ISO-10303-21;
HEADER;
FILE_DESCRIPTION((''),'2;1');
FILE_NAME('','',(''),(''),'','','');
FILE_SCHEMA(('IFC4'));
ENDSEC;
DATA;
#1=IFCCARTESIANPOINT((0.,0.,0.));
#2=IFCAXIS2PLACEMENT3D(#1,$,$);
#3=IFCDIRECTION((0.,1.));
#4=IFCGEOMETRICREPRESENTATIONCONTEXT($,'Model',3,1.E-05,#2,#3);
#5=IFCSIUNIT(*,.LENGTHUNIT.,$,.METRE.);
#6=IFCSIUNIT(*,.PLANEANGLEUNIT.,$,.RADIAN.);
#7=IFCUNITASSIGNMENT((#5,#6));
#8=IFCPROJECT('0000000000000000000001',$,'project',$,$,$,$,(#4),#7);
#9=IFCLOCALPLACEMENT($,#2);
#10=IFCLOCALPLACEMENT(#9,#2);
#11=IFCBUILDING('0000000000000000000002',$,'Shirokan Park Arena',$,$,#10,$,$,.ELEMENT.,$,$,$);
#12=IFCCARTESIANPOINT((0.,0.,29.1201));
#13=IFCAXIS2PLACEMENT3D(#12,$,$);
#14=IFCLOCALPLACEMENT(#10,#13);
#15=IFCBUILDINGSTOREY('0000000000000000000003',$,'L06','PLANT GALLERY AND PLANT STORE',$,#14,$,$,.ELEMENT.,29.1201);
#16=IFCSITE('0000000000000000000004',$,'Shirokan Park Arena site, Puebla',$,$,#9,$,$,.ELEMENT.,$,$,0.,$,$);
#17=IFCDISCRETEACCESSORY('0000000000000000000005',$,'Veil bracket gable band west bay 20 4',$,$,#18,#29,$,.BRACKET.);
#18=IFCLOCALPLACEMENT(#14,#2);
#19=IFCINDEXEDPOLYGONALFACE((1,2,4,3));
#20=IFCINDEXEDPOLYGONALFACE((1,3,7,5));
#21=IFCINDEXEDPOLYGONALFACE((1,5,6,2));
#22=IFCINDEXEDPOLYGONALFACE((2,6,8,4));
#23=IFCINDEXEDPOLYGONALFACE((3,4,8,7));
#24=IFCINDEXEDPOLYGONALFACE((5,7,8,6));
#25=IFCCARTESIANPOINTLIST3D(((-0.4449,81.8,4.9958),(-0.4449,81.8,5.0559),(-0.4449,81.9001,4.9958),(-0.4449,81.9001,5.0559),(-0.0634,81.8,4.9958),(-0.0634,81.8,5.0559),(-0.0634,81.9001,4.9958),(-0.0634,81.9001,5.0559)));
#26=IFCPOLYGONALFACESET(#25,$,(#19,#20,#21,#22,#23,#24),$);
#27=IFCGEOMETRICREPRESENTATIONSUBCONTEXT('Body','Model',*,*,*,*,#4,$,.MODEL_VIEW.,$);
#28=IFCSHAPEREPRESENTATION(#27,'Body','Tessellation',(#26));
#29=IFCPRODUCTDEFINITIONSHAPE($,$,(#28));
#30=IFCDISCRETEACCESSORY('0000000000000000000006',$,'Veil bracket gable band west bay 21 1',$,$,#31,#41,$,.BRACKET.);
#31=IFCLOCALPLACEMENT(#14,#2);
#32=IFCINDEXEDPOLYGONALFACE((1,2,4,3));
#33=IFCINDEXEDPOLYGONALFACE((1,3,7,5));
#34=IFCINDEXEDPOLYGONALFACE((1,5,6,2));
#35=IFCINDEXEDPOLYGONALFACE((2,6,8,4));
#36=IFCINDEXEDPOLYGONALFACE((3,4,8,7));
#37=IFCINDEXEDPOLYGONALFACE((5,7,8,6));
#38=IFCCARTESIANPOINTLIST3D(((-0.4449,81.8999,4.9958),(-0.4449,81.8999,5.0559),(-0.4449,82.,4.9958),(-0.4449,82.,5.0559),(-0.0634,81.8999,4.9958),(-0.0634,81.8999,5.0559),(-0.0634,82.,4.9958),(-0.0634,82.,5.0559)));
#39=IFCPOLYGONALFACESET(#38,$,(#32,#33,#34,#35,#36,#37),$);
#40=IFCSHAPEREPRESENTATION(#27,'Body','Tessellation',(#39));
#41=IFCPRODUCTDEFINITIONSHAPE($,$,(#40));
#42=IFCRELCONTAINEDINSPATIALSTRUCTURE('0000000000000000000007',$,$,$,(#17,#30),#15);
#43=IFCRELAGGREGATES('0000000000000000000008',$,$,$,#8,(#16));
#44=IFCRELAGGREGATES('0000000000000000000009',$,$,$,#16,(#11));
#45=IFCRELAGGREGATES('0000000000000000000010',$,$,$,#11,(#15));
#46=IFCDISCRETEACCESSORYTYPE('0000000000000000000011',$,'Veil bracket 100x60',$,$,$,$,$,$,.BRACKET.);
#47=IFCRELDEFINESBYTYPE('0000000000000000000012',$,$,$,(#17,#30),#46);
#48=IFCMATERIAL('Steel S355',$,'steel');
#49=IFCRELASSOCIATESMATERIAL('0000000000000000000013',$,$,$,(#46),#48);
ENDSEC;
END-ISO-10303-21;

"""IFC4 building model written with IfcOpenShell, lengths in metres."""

from ifc_helpers import new_model, si_unit, direction, frame, origin, origin_2d, place, context, subcontext, project, spatial, rectangle, extrude, material, type_object, element, save


model = new_model("IFC4")

# Units and contexts
model_context = context("Model", 3, precision=1e-05, world=origin(), true_north=direction((0.0, 1.0)))
body_context = subcontext(model_context, "Body", "Model", "MODEL_VIEW")
ifc_project = project(units=[si_unit("LENGTHUNIT", "METRE"), si_unit("PLANEANGLEUNIT", "RADIAN")], contexts=[model_context])

# Site, building, storey
site_placement = place(None, origin())
site = spatial("IfcSite", under=ifc_project, at=site_placement, Name="Shirokan Park Arena site, Puebla", CompositionType="ELEMENT", RefElevation=0.0)
building_placement = place(site_placement, origin())
building = spatial("IfcBuilding", under=site, at=building_placement, Name="Shirokan Park Arena", CompositionType="ELEMENT")
storey_placement = place(building_placement, frame((0.0, 0.0, 29.1201)))
storey = spatial("IfcBuildingStorey", under=building, at=storey_placement, Name="L06", Description="PLANT GALLERY AND PLANT STORE", CompositionType="ELEMENT", Elevation=29.1201)

# Discrete accessories
ifc_material_1 = material(Name="Steel S355", Category="steel")
discrete_accessory_type = type_object("IfcDiscreteAccessoryType", Name="Veil bracket 100x60", PredefinedType="BRACKET", material=ifc_material_1)
for number, where, z_axis, x_axis, name in (
    (1, (-0.2542, 81.8501, 4.9958), (0.0, 0.0, 1.0), (1.0, 0.0, 0.0), "Veil bracket gable band west bay 20 4"),
    (2, (-0.2542, 81.95, 4.9958), (0.0, 0.0, 1.0), (1.0, 0.0, 0.0), "Veil bracket gable band west bay 21 1"),
):
    element("IfcDiscreteAccessory", number, at=place(storey_placement, frame(where, z_axis=z_axis, x_axis=x_axis)), inside=storey, type_object=discrete_accessory_type, Name=name, PredefinedType="BRACKET", context=body_context, shape_type="SweptSolid", body=[
        extrude(rectangle(XDim=0.3816, YDim=0.1001, at=origin_2d()), origin(), (0.0, 0.0, 1.0), 0.0601),
    ])

save(model, "model.ifc")
